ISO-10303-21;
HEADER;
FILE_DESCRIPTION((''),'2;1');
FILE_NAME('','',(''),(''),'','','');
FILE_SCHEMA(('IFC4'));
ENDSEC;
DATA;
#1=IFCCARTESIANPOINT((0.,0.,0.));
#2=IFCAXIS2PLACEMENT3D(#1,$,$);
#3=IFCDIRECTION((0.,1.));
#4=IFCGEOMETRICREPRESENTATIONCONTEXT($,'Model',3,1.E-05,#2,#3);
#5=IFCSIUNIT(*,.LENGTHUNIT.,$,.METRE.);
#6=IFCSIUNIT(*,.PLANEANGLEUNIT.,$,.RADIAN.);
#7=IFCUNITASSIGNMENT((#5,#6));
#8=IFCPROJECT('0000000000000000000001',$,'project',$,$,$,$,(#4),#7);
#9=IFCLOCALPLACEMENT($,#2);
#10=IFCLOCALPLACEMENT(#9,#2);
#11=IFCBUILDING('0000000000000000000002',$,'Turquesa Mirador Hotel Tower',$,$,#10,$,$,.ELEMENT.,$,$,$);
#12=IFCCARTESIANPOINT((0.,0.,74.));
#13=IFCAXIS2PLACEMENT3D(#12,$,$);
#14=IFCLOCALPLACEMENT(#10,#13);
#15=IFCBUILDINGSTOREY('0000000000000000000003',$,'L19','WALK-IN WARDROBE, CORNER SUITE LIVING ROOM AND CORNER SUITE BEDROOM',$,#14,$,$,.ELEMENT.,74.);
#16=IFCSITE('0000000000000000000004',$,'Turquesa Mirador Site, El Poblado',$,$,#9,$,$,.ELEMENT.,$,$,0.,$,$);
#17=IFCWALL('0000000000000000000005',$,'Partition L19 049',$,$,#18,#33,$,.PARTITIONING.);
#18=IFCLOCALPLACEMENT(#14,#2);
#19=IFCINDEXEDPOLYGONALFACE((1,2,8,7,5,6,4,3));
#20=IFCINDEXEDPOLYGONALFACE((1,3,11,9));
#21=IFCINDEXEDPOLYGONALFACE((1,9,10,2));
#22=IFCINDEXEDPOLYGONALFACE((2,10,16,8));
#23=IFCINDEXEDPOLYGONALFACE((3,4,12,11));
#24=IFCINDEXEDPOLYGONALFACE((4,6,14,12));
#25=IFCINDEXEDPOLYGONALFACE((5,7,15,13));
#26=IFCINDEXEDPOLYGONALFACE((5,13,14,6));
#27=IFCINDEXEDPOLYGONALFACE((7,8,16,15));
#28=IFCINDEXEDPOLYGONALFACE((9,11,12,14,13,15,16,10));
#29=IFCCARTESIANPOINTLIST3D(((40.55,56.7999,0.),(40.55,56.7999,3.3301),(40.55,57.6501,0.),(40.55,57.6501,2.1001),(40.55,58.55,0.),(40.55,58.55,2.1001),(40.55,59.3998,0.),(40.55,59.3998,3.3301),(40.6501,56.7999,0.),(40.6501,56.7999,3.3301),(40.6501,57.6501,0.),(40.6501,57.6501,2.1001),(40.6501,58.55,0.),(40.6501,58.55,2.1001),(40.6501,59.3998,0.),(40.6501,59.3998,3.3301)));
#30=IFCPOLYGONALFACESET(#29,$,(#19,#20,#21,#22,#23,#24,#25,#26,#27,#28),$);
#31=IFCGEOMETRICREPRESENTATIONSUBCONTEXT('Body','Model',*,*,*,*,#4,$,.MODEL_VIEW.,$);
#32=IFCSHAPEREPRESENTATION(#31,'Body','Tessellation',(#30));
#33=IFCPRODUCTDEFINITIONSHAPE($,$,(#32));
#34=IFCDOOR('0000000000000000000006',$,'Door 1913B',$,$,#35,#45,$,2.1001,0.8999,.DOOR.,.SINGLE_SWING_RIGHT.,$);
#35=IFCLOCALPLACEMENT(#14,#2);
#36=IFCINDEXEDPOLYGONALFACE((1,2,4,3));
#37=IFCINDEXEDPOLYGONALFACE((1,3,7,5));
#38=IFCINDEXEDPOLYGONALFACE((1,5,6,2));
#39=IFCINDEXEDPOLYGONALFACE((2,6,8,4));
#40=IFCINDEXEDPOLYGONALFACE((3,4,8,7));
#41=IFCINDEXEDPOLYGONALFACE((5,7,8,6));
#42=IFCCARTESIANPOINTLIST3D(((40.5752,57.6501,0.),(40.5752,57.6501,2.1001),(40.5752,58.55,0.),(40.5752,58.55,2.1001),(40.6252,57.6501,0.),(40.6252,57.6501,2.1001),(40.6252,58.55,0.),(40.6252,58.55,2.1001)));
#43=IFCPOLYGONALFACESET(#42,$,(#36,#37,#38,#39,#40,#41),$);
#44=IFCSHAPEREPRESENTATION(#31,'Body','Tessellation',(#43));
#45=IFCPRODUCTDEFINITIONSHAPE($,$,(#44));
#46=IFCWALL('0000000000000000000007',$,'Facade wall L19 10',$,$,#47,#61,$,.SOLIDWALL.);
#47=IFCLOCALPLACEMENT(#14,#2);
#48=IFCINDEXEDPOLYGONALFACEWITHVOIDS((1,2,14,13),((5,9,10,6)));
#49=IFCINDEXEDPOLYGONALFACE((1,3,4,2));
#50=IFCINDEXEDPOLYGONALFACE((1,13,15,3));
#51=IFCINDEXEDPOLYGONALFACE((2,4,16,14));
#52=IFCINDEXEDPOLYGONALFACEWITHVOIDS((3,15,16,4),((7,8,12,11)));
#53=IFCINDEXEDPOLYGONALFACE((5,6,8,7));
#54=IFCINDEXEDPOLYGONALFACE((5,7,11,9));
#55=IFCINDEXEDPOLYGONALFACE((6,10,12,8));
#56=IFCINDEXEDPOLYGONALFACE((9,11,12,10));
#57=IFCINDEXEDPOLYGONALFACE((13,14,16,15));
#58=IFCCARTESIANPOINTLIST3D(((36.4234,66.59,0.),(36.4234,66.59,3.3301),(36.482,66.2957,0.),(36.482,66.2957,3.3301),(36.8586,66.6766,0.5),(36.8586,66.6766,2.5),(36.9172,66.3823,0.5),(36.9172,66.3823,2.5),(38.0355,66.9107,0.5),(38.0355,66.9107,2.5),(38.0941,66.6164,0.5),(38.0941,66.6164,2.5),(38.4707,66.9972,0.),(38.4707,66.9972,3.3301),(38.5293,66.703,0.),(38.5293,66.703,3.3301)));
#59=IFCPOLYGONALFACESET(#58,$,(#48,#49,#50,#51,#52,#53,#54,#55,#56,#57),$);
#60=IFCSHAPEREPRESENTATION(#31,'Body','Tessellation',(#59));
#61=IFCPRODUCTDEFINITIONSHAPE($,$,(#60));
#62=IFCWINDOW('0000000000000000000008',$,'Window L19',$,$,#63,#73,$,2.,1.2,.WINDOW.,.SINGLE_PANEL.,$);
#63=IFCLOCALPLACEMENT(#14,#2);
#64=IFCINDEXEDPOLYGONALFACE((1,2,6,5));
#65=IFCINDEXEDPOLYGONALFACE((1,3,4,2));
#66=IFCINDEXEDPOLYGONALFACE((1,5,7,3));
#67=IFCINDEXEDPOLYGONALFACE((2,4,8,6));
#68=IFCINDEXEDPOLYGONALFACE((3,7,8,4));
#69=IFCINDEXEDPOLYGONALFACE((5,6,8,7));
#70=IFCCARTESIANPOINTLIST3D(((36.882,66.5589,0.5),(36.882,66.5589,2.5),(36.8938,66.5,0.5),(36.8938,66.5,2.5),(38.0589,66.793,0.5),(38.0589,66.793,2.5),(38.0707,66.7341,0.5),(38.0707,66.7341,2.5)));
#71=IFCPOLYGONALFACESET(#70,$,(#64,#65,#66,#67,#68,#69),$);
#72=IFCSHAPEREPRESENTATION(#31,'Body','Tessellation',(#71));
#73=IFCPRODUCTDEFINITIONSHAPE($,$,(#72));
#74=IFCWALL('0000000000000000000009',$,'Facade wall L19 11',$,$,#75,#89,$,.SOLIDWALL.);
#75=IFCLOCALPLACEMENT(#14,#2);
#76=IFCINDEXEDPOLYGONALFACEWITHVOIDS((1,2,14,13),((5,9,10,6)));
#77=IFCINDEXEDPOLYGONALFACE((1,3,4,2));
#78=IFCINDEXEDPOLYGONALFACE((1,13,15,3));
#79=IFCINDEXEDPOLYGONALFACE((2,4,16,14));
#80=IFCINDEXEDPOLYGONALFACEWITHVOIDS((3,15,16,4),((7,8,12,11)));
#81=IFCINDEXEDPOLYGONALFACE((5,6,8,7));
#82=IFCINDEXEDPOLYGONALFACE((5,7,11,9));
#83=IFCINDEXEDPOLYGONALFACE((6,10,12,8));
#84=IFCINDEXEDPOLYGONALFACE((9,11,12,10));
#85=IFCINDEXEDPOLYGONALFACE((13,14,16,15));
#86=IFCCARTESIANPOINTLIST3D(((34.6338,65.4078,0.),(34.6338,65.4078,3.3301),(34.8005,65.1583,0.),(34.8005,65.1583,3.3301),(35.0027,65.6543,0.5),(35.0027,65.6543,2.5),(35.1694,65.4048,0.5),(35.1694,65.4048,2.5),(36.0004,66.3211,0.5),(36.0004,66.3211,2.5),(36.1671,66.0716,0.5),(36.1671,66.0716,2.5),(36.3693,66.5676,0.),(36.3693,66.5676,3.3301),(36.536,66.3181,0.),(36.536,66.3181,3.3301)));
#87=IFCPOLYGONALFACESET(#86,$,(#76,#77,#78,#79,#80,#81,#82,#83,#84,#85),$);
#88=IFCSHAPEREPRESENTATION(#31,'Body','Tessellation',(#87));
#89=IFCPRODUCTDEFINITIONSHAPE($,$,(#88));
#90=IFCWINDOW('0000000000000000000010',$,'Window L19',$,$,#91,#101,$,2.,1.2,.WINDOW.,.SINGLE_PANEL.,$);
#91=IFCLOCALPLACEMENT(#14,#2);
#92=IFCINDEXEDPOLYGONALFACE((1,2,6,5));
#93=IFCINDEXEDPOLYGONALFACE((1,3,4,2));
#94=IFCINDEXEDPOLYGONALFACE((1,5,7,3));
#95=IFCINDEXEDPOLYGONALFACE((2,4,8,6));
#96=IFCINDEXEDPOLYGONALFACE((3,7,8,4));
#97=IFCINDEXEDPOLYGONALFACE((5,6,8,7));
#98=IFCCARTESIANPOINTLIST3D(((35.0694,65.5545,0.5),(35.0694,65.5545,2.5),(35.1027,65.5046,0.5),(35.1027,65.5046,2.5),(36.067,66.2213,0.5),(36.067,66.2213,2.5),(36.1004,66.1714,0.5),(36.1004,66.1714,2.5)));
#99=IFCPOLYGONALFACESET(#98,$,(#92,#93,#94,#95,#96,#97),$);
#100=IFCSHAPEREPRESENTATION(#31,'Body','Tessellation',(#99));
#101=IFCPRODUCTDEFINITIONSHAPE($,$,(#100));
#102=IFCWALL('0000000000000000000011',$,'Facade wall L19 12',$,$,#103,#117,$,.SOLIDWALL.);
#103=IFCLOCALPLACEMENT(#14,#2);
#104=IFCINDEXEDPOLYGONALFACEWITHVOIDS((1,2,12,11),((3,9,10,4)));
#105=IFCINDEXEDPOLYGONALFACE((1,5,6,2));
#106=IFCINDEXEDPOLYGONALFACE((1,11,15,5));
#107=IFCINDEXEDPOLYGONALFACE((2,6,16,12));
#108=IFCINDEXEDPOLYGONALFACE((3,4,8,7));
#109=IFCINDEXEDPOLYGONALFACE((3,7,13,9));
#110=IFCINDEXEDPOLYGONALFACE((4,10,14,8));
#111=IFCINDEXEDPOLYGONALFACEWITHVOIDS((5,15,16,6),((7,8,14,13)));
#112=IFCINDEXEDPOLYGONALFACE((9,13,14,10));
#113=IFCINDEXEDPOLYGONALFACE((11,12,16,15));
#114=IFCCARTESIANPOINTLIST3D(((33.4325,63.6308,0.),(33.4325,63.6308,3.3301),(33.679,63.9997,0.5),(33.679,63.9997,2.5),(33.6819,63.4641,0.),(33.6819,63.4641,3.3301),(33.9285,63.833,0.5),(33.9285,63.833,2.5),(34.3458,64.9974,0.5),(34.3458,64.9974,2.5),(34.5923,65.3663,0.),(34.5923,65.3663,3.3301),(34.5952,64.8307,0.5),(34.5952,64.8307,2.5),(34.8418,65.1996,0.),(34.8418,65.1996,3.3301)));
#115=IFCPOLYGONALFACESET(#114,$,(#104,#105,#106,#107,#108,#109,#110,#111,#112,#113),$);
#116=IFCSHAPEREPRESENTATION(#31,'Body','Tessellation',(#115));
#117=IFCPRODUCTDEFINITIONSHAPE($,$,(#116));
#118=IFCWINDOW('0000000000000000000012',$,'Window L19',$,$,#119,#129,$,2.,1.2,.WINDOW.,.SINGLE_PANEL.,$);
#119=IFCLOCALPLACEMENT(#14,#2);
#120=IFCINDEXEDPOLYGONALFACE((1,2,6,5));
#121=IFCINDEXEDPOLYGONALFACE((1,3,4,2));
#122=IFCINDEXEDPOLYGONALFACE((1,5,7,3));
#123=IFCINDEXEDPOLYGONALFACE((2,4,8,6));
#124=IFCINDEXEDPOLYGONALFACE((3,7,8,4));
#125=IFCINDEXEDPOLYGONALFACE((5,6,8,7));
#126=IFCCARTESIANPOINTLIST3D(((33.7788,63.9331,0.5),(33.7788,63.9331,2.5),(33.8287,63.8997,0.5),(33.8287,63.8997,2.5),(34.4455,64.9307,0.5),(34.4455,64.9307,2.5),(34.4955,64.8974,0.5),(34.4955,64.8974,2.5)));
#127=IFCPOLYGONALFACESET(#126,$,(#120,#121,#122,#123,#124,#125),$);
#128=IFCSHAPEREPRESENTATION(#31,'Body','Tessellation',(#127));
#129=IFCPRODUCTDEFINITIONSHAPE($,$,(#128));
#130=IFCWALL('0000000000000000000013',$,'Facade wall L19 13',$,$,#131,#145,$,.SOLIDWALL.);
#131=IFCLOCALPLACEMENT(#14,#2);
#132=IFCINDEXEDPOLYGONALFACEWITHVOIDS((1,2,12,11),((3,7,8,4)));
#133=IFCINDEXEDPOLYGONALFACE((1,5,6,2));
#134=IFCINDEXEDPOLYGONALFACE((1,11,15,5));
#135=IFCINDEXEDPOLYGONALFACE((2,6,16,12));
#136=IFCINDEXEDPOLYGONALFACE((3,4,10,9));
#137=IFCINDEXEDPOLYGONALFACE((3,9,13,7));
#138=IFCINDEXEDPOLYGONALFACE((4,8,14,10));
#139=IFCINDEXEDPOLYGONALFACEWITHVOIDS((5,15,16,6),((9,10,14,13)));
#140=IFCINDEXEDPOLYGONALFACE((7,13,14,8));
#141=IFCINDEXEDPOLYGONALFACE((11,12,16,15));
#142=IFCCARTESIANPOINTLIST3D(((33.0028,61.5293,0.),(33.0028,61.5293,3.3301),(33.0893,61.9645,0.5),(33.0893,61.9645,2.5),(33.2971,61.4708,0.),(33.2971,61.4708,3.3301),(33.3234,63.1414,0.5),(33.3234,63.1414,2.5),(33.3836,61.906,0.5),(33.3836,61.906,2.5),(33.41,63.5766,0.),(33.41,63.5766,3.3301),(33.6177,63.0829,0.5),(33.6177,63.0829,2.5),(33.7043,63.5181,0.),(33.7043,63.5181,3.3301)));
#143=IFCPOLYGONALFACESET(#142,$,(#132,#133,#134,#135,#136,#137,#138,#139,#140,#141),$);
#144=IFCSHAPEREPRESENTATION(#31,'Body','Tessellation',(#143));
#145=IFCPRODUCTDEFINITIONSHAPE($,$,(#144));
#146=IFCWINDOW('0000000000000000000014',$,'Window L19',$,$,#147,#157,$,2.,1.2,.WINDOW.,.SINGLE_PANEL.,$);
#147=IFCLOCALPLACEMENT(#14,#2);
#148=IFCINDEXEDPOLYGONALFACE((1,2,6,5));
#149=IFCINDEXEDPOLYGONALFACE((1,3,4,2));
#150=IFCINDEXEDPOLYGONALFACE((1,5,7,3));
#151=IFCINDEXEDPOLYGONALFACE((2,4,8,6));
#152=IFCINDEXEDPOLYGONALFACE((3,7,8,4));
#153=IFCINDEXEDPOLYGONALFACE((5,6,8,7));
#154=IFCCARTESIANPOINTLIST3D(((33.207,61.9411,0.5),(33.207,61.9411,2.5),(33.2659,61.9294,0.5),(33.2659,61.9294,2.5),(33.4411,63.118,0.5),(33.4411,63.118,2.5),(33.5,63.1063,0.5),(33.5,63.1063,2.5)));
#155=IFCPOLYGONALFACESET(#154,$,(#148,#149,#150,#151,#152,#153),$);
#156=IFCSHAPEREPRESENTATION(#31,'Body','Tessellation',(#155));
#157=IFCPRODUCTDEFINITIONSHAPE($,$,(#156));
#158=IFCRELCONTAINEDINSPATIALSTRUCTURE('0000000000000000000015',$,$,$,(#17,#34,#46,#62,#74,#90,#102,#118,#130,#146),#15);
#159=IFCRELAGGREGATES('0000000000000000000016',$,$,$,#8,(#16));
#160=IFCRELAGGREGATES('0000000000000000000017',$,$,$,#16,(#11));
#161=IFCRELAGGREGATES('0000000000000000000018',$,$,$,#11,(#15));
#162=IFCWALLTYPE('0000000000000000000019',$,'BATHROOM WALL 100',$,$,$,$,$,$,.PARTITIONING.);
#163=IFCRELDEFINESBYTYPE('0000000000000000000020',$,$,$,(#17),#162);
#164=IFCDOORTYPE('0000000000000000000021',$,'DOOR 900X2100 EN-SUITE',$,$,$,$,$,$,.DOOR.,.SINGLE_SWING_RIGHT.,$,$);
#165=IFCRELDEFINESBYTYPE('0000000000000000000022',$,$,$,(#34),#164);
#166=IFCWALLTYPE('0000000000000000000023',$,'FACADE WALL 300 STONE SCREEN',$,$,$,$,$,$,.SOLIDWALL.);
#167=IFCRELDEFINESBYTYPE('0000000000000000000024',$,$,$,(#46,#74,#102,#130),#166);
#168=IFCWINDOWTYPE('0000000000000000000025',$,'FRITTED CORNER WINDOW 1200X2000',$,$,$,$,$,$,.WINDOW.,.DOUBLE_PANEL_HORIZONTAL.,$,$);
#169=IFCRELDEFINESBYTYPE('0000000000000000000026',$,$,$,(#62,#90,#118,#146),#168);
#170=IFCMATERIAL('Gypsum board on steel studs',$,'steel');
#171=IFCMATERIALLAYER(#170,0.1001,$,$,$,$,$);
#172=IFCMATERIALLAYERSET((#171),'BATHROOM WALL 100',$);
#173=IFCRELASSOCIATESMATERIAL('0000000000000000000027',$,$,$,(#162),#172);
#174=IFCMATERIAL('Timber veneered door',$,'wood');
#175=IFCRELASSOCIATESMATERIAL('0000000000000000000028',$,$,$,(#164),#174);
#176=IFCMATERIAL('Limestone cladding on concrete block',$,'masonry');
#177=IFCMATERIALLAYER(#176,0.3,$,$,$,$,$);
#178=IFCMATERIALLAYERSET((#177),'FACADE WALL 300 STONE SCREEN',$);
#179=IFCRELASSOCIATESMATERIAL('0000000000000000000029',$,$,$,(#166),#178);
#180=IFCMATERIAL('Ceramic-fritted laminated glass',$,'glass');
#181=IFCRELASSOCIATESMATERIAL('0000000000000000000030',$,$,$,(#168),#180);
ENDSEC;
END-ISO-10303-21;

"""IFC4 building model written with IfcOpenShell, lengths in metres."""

from ifc_helpers import new_model, si_unit, direction, frame, frame_2d, origin, place, context, subcontext, project, spatial, rectangle, extrude, material, layer, layer_set, type_object, element, fill, save


model = new_model("IFC4")

# Units and contexts
model_context = context("Model", 3, precision=1e-05, world=origin(), true_north=direction((0.0, 1.0)))
body_context = subcontext(model_context, "Body", "Model", "MODEL_VIEW")
ifc_project = project(units=[si_unit("LENGTHUNIT", "METRE"), si_unit("PLANEANGLEUNIT", "RADIAN")], contexts=[model_context])

# Site, building, storey
site_placement = place(None, origin())
site = spatial("IfcSite", under=ifc_project, at=site_placement, Name="Turquesa Mirador Site, El Poblado", CompositionType="ELEMENT", RefElevation=0.0)
building_placement = place(site_placement, origin())
building = spatial("IfcBuilding", under=site, at=building_placement, Name="Turquesa Mirador Hotel Tower", CompositionType="ELEMENT")
storey_placement = place(building_placement, frame((0.0, 0.0, 74.0)))
storey = spatial("IfcBuildingStorey", under=building, at=storey_placement, Name="L19", Description="WALK-IN WARDROBE, CORNER SUITE LIVING ROOM AND CORNER SUITE BEDROOM", CompositionType="ELEMENT", Elevation=74.0)

# Shared definitions
ifc_material_1 = material(Name="Gypsum board on steel studs", Category="steel")
ifc_layer_1 = layer(ifc_material_1, 0.1001)
ifc_layer_set_1 = layer_set([ifc_layer_1], Name="BATHROOM WALL 100")
wall_type_1 = type_object("IfcWallType", Name="BATHROOM WALL 100", PredefinedType="PARTITIONING", material=ifc_layer_set_1)

# Wall, opening, door
wall_1_placement = place(storey_placement, frame((40.6001, 56.8, 0.0), z_axis=(0.0, 0.0, 1.0), x_axis=(0.0, 1.0, 0.0)))
wall_1 = element("IfcWall", 1, at=wall_1_placement, inside=storey, type_object=wall_type_1, Name="Partition L19 049", PredefinedType="PARTITIONING", context=body_context, shape_type="SweptSolid", body=[
    extrude(rectangle(XDim=2.5999, YDim=0.1001, at=frame_2d((1.2998, 0.0))), origin(), (0.0, 0.0, 1.0), 3.3301),
])
opening_1_placement = place(wall_1_placement, frame((0.8501, 0.0, 0.0)))
opening_1 = element("IfcOpeningElement", 2, at=opening_1_placement, cuts=wall_1, PredefinedType="OPENING", context=body_context, shape_type="SweptSolid", body=[
    extrude(rectangle(XDim=0.8999, YDim=2.1001, at=frame_2d((0.45, 1.05))), frame((0.0, 0.0601, 0.0), z_axis=(0.0, -1.0, 0.0), x_axis=(1.0, 0.0, 0.0)), (0.0, 0.0, 1.0), 0.1201),
])
ifc_material_2 = material(Name="Timber veneered door", Category="wood")
door_type = type_object("IfcDoorType", Name="DOOR 900X2100 EN-SUITE", OperationType="SINGLE_SWING_RIGHT", PredefinedType="DOOR", material=ifc_material_2)
door_placement = place(opening_1_placement, origin())
door = element("IfcDoor", 3, at=door_placement, inside=storey, type_object=door_type, Name="Door 1913B", OperationType="SINGLE_SWING_RIGHT", OverallHeight=2.1001, OverallWidth=0.8999, PredefinedType="DOOR", context=body_context, shape_type="SweptSolid", body=[
    extrude(rectangle(XDim=0.8999, YDim=2.1001, at=frame_2d((0.45, 1.05))), frame((0.0, 0.0249, 0.0), z_axis=(0.0, -1.0, 0.0), x_axis=(1.0, 0.0, 0.0)), (0.0, 0.0, 1.0), 0.05),
])
fill(opening_1, door)

# Walls, openings, windows
ifc_material_3 = material(Name="Limestone cladding on concrete block", Category="masonry")
ifc_layer_2 = layer(ifc_material_3, 0.3)
ifc_layer_set_2 = layer_set([ifc_layer_2], Name="FACADE WALL 300 STONE SCREEN")
wall_type_2 = type_object("IfcWallType", Name="FACADE WALL 300 STONE SCREEN", PredefinedType="SOLIDWALL", material=ifc_layer_set_2)
wall_2_placement = place(storey_placement, frame((38.5, 66.8501, 0.0), z_axis=(0.0, 0.0, 1.0), x_axis=(-0.980787, -0.195081, 0.0)))
wall_2 = element("IfcWall", 4, at=wall_2_placement, inside=storey, type_object=wall_type_2, Name="Facade wall L19 10", PredefinedType="SOLIDWALL", context=body_context, shape_type="SweptSolid", body=[
    extrude(rectangle(XDim=2.0874, YDim=0.3, at=frame_2d((1.0437, 0.0))), origin(), (0.0, 0.0, 1.0), 3.3301),
])
opening_2_placement = place(wall_2_placement, frame((0.4436, 0.0, 0.5)))
opening_2 = element("IfcOpeningElement", 5, at=opening_2_placement, cuts=wall_2, PredefinedType="OPENING", context=body_context, shape_type="SweptSolid", body=[
    extrude(rectangle(XDim=1.2, YDim=2.0, at=frame_2d((0.6001, 1.0))), frame((0.0, 0.1599, 0.0), z_axis=(0.0, -1.0, 0.0), x_axis=(1.0, 0.0, 0.0)), (0.0, 0.0, 1.0), 0.3201),
])
ifc_material_4 = material(Name="Ceramic-fritted laminated glass", Category="glass")
window_type_1 = type_object("IfcWindowType", Name="FRITTED CORNER WINDOW 1200X2000", PartitioningType="DOUBLE_PANEL_HORIZONTAL", PredefinedType="WINDOW", material=ifc_material_4)
window_1_placement = place(opening_2_placement, origin())
window_1 = element("IfcWindow", 6, at=window_1_placement, inside=storey, type_object=window_type_1, Name="Window L19", OverallHeight=2.0, OverallWidth=1.2, PartitioningType="SINGLE_PANEL", PredefinedType="WINDOW", context=body_context, shape_type="SweptSolid", body=[
    extrude(rectangle(XDim=1.2, YDim=2.0, at=frame_2d((0.6001, 1.0))), frame((0.0, 0.03, 0.0), z_axis=(0.0, -1.0, 0.0), x_axis=(1.0, 0.0, 0.0)), (0.0, 0.0, 1.0), 0.0601),
])
fill(opening_2, window_1)
wall_3_placement = place(storey_placement, frame((36.4526, 66.4429, 0.0), z_axis=(0.0, 0.0, 1.0), x_axis=(-0.83142, -0.555644, 0.0)))
wall_3 = element("IfcWall", 7, at=wall_3_placement, inside=storey, type_object=wall_type_2, Name="Facade wall L19 11", PredefinedType="SOLIDWALL", context=body_context, shape_type="SweptSolid", body=[
    extrude(rectangle(XDim=2.0874, YDim=0.3, at=frame_2d((1.0437, 0.0))), origin(), (0.0, 0.0, 1.0), 3.3301),
])
opening_3_placement = place(wall_3_placement, frame((0.4436, 0.0, 0.5)))
opening_3 = element("IfcOpeningElement", 8, at=opening_3_placement, cuts=wall_3, PredefinedType="OPENING", context=body_context, shape_type="SweptSolid", body=[
    extrude(rectangle(XDim=1.2, YDim=2.0, at=frame_2d((0.6001, 1.0))), frame((0.0, 0.1599, 0.0), z_axis=(0.0, -1.0, 0.0), x_axis=(1.0, 0.0, 0.0)), (0.0, 0.0, 1.0), 0.3201),
])
window_2_placement = place(opening_3_placement, origin())
window_2 = element("IfcWindow", 9, at=window_2_placement, inside=storey, type_object=window_type_1, Name="Window L19", OverallHeight=2.0, OverallWidth=1.2, PartitioningType="SINGLE_PANEL", PredefinedType="WINDOW", context=body_context, shape_type="SweptSolid", body=[
    extrude(rectangle(XDim=1.2, YDim=2.0, at=frame_2d((0.6001, 1.0))), frame((0.0, 0.03, 0.0), z_axis=(0.0, -1.0, 0.0), x_axis=(1.0, 0.0, 0.0)), (0.0, 0.0, 1.0), 0.0601),
])
fill(opening_3, window_2)
wall_4_placement = place(storey_placement, frame((34.717, 65.283, 0.0), z_axis=(0.0, 0.0, 1.0), x_axis=(-0.555644, -0.83142, 0.0)))
wall_4 = element("IfcWall", 10, at=wall_4_placement, inside=storey, type_object=wall_type_2, Name="Facade wall L19 12", PredefinedType="SOLIDWALL", context=body_context, shape_type="SweptSolid", body=[
    extrude(rectangle(XDim=2.0874, YDim=0.3, at=frame_2d((1.0437, 0.0))), origin(), (0.0, 0.0, 1.0), 3.3301),
])
opening_4_placement = place(wall_4_placement, frame((0.4436, 0.0, 0.5)))
opening_4 = element("IfcOpeningElement", 11, at=opening_4_placement, cuts=wall_4, PredefinedType="OPENING", context=body_context, shape_type="SweptSolid", body=[
    extrude(rectangle(XDim=1.2, YDim=2.0, at=frame_2d((0.6001, 1.0))), frame((0.0, 0.1599, 0.0), z_axis=(0.0, -1.0, 0.0), x_axis=(1.0, 0.0, 0.0)), (0.0, 0.0, 1.0), 0.3201),
])
window_3_placement = place(opening_4_placement, origin())
window_3 = element("IfcWindow", 12, at=window_3_placement, inside=storey, type_object=window_type_1, Name="Window L19", OverallHeight=2.0, OverallWidth=1.2, PartitioningType="SINGLE_PANEL", PredefinedType="WINDOW", context=body_context, shape_type="SweptSolid", body=[
    extrude(rectangle(XDim=1.2, YDim=2.0, at=frame_2d((0.6001, 1.0))), frame((0.0, 0.03, 0.0), z_axis=(0.0, -1.0, 0.0), x_axis=(1.0, 0.0, 0.0)), (0.0, 0.0, 1.0), 0.0601),
])
fill(opening_4, window_3)
wall_5_placement = place(storey_placement, frame((33.5571, 63.5474, 0.0), z_axis=(0.0, 0.0, 1.0), x_axis=(-0.195081, -0.980787, 0.0)))
wall_5 = element("IfcWall", 13, at=wall_5_placement, inside=storey, type_object=wall_type_2, Name="Facade wall L19 13", PredefinedType="SOLIDWALL", context=body_context, shape_type="SweptSolid", body=[
    extrude(rectangle(XDim=2.0874, YDim=0.3, at=frame_2d((1.0437, 0.0))), origin(), (0.0, 0.0, 1.0), 3.3301),
])
opening_5_placement = place(wall_5_placement, frame((0.4436, 0.0, 0.5)))
opening_5 = element("IfcOpeningElement", 14, at=opening_5_placement, cuts=wall_5, PredefinedType="OPENING", context=body_context, shape_type="SweptSolid", body=[
    extrude(rectangle(XDim=1.2, YDim=2.0, at=frame_2d((0.6001, 1.0))), frame((0.0, 0.1599, 0.0), z_axis=(0.0, -1.0, 0.0), x_axis=(1.0, 0.0, 0.0)), (0.0, 0.0, 1.0), 0.3201),
])
window_4_placement = place(opening_5_placement, origin())
window_4 = element("IfcWindow", 15, at=window_4_placement, inside=storey, type_object=window_type_1, Name="Window L19", OverallHeight=2.0, OverallWidth=1.2, PartitioningType="SINGLE_PANEL", PredefinedType="WINDOW", context=body_context, shape_type="SweptSolid", body=[
    extrude(rectangle(XDim=1.2, YDim=2.0, at=frame_2d((0.6001, 1.0))), frame((0.0, 0.03, 0.0), z_axis=(0.0, -1.0, 0.0), x_axis=(1.0, 0.0, 0.0)), (0.0, 0.0, 1.0), 0.0601),
])
fill(opening_5, window_4)

save(model, "model.ifc")
